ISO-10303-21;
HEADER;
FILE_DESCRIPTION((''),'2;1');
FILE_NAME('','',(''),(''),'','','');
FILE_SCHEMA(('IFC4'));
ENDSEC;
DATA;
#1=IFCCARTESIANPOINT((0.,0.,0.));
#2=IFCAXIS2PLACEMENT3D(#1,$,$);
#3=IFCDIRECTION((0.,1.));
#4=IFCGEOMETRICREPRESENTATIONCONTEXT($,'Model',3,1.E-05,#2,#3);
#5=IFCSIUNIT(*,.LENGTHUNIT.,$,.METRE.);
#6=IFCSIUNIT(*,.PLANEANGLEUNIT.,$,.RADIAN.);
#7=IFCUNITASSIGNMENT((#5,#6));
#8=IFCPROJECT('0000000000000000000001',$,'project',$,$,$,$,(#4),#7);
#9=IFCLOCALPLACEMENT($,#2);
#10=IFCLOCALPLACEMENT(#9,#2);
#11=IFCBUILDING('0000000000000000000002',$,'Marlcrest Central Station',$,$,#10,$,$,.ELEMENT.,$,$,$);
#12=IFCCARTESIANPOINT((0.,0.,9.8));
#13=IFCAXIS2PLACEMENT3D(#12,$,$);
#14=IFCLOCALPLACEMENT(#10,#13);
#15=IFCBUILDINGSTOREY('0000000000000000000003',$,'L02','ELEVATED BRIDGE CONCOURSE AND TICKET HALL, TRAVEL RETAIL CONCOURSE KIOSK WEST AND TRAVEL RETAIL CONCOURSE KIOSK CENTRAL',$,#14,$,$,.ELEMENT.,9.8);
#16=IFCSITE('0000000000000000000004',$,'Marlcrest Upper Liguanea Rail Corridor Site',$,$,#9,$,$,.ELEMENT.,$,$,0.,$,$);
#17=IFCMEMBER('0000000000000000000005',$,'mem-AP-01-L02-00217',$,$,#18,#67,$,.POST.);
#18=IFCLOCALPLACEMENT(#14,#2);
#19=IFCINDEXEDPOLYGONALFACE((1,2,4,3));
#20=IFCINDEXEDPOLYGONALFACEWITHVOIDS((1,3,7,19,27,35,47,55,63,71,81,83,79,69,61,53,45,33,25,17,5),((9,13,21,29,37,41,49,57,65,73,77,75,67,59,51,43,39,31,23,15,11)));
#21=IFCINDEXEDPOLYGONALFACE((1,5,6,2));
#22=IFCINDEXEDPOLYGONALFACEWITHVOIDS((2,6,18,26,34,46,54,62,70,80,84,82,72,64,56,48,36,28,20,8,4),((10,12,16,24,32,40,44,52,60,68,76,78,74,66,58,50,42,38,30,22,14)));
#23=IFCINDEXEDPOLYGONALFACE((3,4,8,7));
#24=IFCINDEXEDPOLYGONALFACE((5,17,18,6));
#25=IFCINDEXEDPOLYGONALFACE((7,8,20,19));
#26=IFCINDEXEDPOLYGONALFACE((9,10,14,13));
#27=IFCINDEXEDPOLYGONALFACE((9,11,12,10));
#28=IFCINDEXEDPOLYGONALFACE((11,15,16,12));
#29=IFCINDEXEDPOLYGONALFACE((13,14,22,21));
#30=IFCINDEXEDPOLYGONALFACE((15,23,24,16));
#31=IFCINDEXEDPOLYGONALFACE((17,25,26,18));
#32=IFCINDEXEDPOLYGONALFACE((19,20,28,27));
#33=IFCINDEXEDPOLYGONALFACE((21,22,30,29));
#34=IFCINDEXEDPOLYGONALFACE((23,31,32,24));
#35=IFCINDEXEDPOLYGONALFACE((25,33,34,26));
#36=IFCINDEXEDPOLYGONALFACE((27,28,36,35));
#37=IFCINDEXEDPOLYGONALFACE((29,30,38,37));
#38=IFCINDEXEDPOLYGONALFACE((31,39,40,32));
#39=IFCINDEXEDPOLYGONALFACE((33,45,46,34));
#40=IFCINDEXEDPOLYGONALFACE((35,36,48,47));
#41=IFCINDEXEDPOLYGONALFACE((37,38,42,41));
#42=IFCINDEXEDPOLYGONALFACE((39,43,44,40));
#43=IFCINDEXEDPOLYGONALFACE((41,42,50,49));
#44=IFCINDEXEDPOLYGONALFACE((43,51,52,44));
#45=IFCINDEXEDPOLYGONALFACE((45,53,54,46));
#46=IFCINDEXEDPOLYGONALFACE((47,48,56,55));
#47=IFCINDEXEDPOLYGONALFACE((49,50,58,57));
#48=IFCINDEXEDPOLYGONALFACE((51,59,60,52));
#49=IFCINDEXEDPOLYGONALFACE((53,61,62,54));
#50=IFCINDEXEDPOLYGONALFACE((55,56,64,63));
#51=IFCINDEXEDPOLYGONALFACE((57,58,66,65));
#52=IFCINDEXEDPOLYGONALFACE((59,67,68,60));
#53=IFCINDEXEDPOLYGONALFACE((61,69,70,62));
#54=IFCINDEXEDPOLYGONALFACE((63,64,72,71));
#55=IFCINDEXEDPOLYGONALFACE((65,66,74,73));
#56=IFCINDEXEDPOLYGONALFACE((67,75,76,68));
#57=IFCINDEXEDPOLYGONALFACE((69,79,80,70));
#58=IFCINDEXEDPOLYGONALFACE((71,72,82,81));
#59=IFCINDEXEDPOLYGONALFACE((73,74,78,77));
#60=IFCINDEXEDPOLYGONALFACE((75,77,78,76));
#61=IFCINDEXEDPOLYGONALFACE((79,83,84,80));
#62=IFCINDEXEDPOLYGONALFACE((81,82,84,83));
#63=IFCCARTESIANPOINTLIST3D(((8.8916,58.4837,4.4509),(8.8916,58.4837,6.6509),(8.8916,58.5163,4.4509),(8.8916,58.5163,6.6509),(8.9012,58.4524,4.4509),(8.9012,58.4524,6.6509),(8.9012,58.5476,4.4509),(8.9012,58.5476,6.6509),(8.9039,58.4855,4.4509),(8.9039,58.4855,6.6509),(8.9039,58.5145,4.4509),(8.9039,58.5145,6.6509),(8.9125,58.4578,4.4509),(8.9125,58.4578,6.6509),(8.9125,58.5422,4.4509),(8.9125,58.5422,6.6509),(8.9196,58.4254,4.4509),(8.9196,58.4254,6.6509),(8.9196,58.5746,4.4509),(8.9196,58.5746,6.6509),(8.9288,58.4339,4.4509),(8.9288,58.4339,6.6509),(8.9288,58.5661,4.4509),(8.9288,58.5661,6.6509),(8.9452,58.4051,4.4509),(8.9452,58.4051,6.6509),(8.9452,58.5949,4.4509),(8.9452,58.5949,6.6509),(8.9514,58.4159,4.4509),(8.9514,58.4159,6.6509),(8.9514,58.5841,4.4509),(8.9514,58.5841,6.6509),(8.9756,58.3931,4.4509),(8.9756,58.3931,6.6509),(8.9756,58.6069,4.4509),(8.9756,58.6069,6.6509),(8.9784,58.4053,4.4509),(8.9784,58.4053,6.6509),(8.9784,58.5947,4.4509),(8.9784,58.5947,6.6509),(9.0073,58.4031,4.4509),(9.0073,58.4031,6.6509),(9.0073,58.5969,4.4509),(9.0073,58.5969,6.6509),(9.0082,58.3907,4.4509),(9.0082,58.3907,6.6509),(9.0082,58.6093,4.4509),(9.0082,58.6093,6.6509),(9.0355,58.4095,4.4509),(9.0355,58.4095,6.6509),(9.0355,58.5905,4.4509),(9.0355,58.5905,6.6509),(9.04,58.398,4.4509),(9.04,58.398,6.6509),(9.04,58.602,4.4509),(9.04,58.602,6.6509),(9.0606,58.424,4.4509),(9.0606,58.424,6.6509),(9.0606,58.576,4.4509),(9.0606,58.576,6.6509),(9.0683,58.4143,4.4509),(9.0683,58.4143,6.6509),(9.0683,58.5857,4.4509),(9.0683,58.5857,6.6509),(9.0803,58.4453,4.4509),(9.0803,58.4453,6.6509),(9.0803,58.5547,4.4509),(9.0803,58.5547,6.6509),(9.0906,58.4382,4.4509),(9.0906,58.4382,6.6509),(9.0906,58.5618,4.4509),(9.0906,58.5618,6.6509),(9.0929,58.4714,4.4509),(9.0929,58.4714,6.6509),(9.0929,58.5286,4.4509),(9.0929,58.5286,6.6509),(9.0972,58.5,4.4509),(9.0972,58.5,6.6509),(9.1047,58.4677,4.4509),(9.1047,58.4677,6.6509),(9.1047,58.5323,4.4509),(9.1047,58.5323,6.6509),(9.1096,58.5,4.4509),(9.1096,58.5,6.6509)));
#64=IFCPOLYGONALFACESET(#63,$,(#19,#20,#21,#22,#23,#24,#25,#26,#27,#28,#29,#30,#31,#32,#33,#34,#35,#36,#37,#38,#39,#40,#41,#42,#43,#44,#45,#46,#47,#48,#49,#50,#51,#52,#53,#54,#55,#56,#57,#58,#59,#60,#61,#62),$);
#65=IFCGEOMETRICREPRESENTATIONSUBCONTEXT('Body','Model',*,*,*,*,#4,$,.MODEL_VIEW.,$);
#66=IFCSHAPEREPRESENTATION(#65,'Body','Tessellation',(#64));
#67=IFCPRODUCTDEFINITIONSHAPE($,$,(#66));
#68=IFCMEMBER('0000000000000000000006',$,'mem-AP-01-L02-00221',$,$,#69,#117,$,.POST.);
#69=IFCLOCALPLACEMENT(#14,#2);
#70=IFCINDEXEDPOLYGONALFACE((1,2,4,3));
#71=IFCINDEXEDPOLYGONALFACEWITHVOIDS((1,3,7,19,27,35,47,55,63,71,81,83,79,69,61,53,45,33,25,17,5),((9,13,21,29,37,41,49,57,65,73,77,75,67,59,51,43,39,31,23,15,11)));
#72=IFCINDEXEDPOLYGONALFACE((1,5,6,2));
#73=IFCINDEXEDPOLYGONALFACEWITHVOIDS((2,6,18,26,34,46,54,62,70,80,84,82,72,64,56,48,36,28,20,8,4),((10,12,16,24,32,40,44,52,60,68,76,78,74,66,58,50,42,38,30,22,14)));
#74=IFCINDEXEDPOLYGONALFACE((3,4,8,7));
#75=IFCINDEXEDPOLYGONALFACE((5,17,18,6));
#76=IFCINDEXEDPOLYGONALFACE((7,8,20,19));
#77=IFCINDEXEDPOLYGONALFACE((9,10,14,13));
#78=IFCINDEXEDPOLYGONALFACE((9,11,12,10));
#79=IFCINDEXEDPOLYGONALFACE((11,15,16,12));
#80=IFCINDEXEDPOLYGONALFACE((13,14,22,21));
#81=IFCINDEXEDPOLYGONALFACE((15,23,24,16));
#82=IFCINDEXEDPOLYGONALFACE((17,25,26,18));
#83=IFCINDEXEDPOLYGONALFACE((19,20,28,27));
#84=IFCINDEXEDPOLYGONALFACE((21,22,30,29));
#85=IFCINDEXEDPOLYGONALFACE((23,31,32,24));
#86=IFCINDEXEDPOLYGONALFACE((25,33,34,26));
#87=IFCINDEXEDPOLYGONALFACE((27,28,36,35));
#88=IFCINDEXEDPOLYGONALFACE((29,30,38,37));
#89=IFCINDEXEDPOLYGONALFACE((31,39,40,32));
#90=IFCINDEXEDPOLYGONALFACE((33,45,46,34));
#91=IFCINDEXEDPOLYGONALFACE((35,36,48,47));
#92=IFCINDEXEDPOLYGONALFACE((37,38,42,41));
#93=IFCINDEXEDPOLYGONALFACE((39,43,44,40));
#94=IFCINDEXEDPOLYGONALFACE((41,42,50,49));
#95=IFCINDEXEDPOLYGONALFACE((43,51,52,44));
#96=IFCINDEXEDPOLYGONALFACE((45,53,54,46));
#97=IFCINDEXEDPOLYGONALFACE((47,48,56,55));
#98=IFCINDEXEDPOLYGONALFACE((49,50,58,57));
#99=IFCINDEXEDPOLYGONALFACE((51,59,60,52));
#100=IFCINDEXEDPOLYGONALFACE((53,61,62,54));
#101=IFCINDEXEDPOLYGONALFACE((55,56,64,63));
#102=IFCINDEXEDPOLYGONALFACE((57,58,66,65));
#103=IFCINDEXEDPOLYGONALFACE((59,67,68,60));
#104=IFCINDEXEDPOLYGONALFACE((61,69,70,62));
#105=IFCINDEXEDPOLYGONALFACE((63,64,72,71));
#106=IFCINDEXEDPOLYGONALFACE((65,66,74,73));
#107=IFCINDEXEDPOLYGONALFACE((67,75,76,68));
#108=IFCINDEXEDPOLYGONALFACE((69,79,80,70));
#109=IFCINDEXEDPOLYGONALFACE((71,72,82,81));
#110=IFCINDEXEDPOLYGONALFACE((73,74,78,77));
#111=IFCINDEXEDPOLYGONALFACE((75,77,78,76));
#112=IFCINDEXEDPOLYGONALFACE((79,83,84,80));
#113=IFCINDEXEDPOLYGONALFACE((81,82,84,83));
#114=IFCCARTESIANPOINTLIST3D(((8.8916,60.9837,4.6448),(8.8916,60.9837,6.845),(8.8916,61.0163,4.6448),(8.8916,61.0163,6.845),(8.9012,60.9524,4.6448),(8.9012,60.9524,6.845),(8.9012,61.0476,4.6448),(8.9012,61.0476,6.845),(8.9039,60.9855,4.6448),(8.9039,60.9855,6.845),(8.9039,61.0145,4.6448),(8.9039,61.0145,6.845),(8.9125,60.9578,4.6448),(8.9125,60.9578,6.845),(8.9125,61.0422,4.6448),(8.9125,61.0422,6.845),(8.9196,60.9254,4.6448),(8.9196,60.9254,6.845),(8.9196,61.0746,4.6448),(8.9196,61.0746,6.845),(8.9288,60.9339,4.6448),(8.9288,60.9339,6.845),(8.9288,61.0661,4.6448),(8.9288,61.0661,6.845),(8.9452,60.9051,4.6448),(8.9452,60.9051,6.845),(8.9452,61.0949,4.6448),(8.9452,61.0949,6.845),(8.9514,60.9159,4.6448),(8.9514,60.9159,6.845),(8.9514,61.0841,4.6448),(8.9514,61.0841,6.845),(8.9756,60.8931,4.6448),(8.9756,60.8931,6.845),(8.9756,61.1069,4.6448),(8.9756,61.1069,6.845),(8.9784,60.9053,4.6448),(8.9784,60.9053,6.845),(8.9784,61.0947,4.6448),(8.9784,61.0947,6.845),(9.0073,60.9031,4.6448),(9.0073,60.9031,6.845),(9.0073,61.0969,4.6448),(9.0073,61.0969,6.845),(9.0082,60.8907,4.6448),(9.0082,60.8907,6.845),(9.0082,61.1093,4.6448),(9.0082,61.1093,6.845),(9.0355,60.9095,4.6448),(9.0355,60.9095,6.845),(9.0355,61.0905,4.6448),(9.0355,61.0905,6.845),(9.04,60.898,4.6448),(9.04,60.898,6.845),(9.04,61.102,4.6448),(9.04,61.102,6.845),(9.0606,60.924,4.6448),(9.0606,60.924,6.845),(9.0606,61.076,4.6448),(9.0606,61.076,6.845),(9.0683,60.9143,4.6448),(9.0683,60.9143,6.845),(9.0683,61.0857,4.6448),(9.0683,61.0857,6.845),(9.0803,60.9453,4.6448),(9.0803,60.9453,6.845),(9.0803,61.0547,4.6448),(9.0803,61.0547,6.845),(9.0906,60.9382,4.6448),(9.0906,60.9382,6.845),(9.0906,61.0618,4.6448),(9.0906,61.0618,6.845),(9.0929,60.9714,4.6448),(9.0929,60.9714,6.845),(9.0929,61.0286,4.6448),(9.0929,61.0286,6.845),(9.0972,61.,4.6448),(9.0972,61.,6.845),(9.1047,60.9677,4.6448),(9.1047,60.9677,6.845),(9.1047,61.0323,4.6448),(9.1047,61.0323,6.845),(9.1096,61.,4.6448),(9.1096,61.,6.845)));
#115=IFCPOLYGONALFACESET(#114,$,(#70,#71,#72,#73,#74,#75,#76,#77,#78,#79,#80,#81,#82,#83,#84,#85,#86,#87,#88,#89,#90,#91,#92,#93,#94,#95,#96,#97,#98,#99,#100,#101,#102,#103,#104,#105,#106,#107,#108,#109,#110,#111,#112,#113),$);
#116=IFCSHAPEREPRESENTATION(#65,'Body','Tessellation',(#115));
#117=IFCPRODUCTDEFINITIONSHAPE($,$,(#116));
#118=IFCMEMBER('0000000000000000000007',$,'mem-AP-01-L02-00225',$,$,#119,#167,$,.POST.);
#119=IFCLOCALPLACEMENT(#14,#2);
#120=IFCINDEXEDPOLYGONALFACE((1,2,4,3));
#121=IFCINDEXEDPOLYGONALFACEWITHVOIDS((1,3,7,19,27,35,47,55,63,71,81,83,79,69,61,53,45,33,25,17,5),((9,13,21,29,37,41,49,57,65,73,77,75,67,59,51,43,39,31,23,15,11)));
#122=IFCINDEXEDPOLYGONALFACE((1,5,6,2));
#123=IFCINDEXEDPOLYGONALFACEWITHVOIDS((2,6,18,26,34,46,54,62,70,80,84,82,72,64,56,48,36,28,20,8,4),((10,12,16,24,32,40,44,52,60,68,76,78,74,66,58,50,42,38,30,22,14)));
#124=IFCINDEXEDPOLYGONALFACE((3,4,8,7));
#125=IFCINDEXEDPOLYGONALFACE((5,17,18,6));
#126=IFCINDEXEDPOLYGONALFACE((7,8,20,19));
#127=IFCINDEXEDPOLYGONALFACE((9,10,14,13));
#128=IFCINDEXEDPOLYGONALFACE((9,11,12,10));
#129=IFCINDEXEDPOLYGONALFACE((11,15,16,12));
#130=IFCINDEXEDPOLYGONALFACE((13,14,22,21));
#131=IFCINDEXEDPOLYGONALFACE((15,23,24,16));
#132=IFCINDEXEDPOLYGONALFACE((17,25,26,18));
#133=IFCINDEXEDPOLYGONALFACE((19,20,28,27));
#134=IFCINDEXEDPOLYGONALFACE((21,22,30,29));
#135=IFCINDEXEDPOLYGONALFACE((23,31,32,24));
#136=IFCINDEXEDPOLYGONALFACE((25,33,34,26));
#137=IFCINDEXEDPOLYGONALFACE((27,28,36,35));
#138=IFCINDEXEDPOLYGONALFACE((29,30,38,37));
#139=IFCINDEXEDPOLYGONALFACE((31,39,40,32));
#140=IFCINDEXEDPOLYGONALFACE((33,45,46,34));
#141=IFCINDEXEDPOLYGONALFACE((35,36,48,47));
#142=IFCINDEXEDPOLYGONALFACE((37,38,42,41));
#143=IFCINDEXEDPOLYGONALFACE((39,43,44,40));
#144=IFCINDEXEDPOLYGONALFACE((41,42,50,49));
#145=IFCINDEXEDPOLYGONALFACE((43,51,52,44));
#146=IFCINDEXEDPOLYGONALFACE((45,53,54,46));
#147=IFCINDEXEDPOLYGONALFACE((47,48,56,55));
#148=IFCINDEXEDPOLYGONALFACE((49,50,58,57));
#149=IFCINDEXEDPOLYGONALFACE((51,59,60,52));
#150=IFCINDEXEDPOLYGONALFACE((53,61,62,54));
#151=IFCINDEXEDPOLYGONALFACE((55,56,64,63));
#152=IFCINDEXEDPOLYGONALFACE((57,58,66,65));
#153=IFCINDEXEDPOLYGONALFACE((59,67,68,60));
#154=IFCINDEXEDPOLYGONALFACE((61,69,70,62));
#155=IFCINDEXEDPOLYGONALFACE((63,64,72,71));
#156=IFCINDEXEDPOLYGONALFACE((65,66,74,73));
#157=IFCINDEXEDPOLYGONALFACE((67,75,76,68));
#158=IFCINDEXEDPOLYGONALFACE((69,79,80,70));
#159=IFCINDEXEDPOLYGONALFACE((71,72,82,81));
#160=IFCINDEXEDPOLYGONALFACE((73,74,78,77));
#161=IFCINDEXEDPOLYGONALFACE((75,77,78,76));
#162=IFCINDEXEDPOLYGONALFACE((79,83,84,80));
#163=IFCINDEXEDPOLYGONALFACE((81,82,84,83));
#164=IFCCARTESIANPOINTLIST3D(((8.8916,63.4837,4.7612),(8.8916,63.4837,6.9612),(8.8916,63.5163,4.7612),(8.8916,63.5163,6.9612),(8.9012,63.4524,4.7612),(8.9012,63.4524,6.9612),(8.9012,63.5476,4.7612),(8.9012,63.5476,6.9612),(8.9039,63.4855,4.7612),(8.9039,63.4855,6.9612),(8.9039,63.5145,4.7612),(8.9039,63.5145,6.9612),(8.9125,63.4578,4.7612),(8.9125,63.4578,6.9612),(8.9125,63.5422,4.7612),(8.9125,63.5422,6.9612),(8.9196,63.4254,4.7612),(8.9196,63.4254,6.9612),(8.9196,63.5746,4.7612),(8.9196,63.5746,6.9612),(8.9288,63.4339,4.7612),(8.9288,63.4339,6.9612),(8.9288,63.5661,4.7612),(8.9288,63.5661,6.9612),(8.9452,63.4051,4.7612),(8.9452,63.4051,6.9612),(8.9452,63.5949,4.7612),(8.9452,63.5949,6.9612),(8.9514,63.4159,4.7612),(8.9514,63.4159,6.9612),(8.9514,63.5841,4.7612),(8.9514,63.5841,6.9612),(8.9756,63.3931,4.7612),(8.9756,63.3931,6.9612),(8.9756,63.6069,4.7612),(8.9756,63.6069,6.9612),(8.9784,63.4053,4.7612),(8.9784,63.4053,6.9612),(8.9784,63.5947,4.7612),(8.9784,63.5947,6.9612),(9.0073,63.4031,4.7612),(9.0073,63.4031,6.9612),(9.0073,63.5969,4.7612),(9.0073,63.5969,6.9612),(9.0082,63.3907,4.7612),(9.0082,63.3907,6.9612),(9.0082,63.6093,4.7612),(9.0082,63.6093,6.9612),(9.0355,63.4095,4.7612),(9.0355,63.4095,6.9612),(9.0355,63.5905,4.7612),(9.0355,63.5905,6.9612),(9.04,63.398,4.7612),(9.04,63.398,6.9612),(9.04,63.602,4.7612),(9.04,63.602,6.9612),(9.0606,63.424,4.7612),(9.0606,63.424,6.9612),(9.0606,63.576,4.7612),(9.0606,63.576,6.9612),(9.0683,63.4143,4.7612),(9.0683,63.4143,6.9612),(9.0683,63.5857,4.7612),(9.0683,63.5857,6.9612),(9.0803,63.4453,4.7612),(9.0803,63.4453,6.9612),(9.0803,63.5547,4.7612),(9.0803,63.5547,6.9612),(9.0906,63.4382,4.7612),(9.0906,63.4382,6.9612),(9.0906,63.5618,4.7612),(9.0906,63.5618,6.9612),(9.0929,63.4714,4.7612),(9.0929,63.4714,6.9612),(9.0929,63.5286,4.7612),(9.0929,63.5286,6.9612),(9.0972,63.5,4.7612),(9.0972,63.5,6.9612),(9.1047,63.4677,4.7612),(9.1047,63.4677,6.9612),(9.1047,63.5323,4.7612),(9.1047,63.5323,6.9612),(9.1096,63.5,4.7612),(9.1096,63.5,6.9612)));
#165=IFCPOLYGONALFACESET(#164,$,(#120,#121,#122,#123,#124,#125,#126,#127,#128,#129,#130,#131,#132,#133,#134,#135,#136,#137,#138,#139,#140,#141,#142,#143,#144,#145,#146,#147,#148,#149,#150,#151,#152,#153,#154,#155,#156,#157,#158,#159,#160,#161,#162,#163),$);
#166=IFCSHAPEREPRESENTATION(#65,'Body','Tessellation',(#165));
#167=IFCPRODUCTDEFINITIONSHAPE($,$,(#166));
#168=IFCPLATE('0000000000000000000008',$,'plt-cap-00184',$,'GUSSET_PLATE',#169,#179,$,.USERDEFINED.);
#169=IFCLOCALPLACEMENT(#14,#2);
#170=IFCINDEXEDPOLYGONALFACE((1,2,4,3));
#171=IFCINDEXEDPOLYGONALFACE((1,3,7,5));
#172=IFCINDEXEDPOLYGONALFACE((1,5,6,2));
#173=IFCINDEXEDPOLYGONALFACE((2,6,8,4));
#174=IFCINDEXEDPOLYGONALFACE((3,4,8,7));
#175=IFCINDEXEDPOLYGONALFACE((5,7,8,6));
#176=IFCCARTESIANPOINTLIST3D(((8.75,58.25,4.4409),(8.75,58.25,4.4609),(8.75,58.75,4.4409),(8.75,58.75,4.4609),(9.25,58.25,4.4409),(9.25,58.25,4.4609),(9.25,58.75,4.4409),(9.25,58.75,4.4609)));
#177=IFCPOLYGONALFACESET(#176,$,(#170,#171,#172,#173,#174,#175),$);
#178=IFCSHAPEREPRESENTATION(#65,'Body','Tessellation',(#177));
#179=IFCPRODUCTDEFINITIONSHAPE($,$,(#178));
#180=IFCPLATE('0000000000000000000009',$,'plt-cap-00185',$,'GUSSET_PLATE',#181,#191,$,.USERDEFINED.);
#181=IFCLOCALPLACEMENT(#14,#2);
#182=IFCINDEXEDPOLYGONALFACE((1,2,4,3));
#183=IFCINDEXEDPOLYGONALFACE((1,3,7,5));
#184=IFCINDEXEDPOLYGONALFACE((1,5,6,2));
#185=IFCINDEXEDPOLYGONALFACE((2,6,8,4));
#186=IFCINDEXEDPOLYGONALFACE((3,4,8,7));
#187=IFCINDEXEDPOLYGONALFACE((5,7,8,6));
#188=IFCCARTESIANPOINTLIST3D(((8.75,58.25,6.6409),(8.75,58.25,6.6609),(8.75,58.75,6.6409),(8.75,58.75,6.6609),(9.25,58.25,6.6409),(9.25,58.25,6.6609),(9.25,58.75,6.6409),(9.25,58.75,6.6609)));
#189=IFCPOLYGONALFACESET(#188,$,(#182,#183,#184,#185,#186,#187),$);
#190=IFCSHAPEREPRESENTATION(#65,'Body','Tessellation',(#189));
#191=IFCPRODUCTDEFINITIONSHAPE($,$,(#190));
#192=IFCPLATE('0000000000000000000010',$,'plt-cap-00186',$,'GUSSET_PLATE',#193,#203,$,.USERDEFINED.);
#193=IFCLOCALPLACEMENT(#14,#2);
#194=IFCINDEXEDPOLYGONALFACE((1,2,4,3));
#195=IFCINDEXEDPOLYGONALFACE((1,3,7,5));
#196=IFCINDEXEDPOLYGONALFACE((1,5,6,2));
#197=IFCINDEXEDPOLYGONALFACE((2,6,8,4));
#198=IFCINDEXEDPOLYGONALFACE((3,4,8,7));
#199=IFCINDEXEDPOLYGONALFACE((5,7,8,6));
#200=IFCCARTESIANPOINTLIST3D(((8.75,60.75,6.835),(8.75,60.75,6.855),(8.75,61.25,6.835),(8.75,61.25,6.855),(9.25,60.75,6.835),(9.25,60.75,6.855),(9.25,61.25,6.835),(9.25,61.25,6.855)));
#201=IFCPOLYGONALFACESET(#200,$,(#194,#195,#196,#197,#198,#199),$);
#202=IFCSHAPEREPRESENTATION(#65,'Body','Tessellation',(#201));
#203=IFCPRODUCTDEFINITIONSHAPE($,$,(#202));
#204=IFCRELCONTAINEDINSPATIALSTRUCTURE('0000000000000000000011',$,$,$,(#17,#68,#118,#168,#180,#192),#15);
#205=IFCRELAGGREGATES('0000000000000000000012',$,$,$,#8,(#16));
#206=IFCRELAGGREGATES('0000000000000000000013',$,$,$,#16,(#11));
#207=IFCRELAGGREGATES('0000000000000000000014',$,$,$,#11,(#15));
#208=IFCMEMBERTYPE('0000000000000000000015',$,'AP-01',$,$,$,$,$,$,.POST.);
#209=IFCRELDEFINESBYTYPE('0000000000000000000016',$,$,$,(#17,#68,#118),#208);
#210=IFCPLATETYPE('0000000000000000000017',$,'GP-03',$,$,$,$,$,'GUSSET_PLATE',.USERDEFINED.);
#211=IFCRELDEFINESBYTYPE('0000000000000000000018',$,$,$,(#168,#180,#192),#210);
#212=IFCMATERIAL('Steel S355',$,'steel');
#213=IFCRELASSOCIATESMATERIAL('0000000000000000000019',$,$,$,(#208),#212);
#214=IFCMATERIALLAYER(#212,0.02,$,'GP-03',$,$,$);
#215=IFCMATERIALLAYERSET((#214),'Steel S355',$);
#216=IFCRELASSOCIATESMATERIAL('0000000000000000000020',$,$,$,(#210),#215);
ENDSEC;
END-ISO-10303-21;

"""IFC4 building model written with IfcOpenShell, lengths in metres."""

from ifc_helpers import new_model, si_unit, direction, frame, origin, origin_2d, place, context, subcontext, project, spatial, rectangle, hollow_circle, extrude, material, layer, layer_set, material_profile, profile_set, type_object, element, save


model = new_model("IFC4")

# Units and contexts
model_context = context("Model", 3, precision=1e-05, world=origin(), true_north=direction((0.0, 1.0)))
body_context = subcontext(model_context, "Body", "Model", "MODEL_VIEW")
ifc_project = project(units=[si_unit("LENGTHUNIT", "METRE"), si_unit("PLANEANGLEUNIT", "RADIAN")], contexts=[model_context])

# Site, building, storey
site_placement = place(None, origin())
site = spatial("IfcSite", under=ifc_project, at=site_placement, Name="Marlcrest Upper Liguanea Rail Corridor Site", CompositionType="ELEMENT", RefElevation=0.0)
building_placement = place(site_placement, origin())
building = spatial("IfcBuilding", under=site, at=building_placement, Name="Marlcrest Central Station", CompositionType="ELEMENT")
storey_placement = place(building_placement, frame((0.0, 0.0, 9.8)))
storey = spatial("IfcBuildingStorey", under=building, at=storey_placement, Name="L02", Description="ELEVATED BRIDGE CONCOURSE AND TICKET HALL, TRAVEL RETAIL CONCOURSE KIOSK WEST AND TRAVEL RETAIL CONCOURSE KIOSK CENTRAL", CompositionType="ELEMENT", Elevation=9.8)

# Members
ifc_material = material(Name="Steel S355", Category="steel")
ifc_material_profile_1 = material_profile(ifc_material, hollow_circle(Radius=0.1096, WallThickness=0.0125, at=origin_2d()), Name="CHS 219.1x12.5")
ifc_profile_set_1 = profile_set([ifc_material_profile_1], Name="Steel S355")
member_type_1 = type_object("IfcMemberType", Name="AP-01", PredefinedType="POST", material=ifc_profile_set_1)
member_1_placement = place(storey_placement, frame((9.0, 58.5, 4.4509), z_axis=(0.0, 0.0, 1.0), x_axis=(1.0, 0.0, 0.0)))
element("IfcMember", 1, at=member_1_placement, inside=storey, type_object=member_type_1, Name="mem-AP-01-L02-00217", PredefinedType="POST", context=body_context, shape_type="SweptSolid", body=[
    extrude(hollow_circle(Radius=0.1096, WallThickness=0.0125, at=origin_2d()), origin(), (0.0, 0.0, 1.0), 2.2),
])
member_2_placement = place(storey_placement, frame((9.0, 61.0, 4.6448), z_axis=(0.0, 0.0, 1.0), x_axis=(1.0, 0.0, 0.0)))
element("IfcMember", 2, at=member_2_placement, inside=storey, type_object=member_type_1, Name="mem-AP-01-L02-00221", PredefinedType="POST", context=body_context, shape_type="SweptSolid", body=[
    extrude(hollow_circle(Radius=0.1096, WallThickness=0.0125, at=origin_2d()), origin(), (0.0, 0.0, 1.0), 2.2002),
])
member_3_placement = place(storey_placement, frame((9.0, 63.5, 4.7612), z_axis=(0.0, 0.0, 1.0), x_axis=(1.0, 0.0, 0.0)))
element("IfcMember", 3, at=member_3_placement, inside=storey, type_object=member_type_1, Name="mem-AP-01-L02-00225", PredefinedType="POST", context=body_context, shape_type="SweptSolid", body=[
    extrude(hollow_circle(Radius=0.1096, WallThickness=0.0125, at=origin_2d()), origin(), (0.0, 0.0, 1.0), 2.2),
])

# Plates
ifc_layer = layer(ifc_material, 0.02, Name="GP-03")
ifc_layer_set = layer_set([ifc_layer], Name="Steel S355")
plate_type = type_object("IfcPlateType", Name="GP-03", ElementType="GUSSET_PLATE", PredefinedType="USERDEFINED", material=ifc_layer_set)
for number, where, z_axis, x_axis, name in (
    (4, (9.0, 58.5, 4.4409), (0.0, 0.0, 1.0), (1.0, 0.0, 0.0), "plt-cap-00184"),
    (5, (9.0, 58.5, 6.6409), (0.0, 0.0, 1.0), (1.0, 0.0, 0.0), "plt-cap-00185"),
    (6, (9.0, 61.0, 6.835), (0.0, 0.0, 1.0), (1.0, 0.0, 0.0), "plt-cap-00186"),
):
    element("IfcPlate", number, at=place(storey_placement, frame(where, z_axis=z_axis, x_axis=x_axis)), inside=storey, type_object=plate_type, Name=name, ObjectType="GUSSET_PLATE", PredefinedType="USERDEFINED", context=body_context, shape_type="SweptSolid", body=[
        extrude(rectangle(XDim=0.5, YDim=0.5, at=origin_2d()), origin(), (0.0, 0.0, 1.0), 0.02),
    ])

save(model, "model.ifc")
